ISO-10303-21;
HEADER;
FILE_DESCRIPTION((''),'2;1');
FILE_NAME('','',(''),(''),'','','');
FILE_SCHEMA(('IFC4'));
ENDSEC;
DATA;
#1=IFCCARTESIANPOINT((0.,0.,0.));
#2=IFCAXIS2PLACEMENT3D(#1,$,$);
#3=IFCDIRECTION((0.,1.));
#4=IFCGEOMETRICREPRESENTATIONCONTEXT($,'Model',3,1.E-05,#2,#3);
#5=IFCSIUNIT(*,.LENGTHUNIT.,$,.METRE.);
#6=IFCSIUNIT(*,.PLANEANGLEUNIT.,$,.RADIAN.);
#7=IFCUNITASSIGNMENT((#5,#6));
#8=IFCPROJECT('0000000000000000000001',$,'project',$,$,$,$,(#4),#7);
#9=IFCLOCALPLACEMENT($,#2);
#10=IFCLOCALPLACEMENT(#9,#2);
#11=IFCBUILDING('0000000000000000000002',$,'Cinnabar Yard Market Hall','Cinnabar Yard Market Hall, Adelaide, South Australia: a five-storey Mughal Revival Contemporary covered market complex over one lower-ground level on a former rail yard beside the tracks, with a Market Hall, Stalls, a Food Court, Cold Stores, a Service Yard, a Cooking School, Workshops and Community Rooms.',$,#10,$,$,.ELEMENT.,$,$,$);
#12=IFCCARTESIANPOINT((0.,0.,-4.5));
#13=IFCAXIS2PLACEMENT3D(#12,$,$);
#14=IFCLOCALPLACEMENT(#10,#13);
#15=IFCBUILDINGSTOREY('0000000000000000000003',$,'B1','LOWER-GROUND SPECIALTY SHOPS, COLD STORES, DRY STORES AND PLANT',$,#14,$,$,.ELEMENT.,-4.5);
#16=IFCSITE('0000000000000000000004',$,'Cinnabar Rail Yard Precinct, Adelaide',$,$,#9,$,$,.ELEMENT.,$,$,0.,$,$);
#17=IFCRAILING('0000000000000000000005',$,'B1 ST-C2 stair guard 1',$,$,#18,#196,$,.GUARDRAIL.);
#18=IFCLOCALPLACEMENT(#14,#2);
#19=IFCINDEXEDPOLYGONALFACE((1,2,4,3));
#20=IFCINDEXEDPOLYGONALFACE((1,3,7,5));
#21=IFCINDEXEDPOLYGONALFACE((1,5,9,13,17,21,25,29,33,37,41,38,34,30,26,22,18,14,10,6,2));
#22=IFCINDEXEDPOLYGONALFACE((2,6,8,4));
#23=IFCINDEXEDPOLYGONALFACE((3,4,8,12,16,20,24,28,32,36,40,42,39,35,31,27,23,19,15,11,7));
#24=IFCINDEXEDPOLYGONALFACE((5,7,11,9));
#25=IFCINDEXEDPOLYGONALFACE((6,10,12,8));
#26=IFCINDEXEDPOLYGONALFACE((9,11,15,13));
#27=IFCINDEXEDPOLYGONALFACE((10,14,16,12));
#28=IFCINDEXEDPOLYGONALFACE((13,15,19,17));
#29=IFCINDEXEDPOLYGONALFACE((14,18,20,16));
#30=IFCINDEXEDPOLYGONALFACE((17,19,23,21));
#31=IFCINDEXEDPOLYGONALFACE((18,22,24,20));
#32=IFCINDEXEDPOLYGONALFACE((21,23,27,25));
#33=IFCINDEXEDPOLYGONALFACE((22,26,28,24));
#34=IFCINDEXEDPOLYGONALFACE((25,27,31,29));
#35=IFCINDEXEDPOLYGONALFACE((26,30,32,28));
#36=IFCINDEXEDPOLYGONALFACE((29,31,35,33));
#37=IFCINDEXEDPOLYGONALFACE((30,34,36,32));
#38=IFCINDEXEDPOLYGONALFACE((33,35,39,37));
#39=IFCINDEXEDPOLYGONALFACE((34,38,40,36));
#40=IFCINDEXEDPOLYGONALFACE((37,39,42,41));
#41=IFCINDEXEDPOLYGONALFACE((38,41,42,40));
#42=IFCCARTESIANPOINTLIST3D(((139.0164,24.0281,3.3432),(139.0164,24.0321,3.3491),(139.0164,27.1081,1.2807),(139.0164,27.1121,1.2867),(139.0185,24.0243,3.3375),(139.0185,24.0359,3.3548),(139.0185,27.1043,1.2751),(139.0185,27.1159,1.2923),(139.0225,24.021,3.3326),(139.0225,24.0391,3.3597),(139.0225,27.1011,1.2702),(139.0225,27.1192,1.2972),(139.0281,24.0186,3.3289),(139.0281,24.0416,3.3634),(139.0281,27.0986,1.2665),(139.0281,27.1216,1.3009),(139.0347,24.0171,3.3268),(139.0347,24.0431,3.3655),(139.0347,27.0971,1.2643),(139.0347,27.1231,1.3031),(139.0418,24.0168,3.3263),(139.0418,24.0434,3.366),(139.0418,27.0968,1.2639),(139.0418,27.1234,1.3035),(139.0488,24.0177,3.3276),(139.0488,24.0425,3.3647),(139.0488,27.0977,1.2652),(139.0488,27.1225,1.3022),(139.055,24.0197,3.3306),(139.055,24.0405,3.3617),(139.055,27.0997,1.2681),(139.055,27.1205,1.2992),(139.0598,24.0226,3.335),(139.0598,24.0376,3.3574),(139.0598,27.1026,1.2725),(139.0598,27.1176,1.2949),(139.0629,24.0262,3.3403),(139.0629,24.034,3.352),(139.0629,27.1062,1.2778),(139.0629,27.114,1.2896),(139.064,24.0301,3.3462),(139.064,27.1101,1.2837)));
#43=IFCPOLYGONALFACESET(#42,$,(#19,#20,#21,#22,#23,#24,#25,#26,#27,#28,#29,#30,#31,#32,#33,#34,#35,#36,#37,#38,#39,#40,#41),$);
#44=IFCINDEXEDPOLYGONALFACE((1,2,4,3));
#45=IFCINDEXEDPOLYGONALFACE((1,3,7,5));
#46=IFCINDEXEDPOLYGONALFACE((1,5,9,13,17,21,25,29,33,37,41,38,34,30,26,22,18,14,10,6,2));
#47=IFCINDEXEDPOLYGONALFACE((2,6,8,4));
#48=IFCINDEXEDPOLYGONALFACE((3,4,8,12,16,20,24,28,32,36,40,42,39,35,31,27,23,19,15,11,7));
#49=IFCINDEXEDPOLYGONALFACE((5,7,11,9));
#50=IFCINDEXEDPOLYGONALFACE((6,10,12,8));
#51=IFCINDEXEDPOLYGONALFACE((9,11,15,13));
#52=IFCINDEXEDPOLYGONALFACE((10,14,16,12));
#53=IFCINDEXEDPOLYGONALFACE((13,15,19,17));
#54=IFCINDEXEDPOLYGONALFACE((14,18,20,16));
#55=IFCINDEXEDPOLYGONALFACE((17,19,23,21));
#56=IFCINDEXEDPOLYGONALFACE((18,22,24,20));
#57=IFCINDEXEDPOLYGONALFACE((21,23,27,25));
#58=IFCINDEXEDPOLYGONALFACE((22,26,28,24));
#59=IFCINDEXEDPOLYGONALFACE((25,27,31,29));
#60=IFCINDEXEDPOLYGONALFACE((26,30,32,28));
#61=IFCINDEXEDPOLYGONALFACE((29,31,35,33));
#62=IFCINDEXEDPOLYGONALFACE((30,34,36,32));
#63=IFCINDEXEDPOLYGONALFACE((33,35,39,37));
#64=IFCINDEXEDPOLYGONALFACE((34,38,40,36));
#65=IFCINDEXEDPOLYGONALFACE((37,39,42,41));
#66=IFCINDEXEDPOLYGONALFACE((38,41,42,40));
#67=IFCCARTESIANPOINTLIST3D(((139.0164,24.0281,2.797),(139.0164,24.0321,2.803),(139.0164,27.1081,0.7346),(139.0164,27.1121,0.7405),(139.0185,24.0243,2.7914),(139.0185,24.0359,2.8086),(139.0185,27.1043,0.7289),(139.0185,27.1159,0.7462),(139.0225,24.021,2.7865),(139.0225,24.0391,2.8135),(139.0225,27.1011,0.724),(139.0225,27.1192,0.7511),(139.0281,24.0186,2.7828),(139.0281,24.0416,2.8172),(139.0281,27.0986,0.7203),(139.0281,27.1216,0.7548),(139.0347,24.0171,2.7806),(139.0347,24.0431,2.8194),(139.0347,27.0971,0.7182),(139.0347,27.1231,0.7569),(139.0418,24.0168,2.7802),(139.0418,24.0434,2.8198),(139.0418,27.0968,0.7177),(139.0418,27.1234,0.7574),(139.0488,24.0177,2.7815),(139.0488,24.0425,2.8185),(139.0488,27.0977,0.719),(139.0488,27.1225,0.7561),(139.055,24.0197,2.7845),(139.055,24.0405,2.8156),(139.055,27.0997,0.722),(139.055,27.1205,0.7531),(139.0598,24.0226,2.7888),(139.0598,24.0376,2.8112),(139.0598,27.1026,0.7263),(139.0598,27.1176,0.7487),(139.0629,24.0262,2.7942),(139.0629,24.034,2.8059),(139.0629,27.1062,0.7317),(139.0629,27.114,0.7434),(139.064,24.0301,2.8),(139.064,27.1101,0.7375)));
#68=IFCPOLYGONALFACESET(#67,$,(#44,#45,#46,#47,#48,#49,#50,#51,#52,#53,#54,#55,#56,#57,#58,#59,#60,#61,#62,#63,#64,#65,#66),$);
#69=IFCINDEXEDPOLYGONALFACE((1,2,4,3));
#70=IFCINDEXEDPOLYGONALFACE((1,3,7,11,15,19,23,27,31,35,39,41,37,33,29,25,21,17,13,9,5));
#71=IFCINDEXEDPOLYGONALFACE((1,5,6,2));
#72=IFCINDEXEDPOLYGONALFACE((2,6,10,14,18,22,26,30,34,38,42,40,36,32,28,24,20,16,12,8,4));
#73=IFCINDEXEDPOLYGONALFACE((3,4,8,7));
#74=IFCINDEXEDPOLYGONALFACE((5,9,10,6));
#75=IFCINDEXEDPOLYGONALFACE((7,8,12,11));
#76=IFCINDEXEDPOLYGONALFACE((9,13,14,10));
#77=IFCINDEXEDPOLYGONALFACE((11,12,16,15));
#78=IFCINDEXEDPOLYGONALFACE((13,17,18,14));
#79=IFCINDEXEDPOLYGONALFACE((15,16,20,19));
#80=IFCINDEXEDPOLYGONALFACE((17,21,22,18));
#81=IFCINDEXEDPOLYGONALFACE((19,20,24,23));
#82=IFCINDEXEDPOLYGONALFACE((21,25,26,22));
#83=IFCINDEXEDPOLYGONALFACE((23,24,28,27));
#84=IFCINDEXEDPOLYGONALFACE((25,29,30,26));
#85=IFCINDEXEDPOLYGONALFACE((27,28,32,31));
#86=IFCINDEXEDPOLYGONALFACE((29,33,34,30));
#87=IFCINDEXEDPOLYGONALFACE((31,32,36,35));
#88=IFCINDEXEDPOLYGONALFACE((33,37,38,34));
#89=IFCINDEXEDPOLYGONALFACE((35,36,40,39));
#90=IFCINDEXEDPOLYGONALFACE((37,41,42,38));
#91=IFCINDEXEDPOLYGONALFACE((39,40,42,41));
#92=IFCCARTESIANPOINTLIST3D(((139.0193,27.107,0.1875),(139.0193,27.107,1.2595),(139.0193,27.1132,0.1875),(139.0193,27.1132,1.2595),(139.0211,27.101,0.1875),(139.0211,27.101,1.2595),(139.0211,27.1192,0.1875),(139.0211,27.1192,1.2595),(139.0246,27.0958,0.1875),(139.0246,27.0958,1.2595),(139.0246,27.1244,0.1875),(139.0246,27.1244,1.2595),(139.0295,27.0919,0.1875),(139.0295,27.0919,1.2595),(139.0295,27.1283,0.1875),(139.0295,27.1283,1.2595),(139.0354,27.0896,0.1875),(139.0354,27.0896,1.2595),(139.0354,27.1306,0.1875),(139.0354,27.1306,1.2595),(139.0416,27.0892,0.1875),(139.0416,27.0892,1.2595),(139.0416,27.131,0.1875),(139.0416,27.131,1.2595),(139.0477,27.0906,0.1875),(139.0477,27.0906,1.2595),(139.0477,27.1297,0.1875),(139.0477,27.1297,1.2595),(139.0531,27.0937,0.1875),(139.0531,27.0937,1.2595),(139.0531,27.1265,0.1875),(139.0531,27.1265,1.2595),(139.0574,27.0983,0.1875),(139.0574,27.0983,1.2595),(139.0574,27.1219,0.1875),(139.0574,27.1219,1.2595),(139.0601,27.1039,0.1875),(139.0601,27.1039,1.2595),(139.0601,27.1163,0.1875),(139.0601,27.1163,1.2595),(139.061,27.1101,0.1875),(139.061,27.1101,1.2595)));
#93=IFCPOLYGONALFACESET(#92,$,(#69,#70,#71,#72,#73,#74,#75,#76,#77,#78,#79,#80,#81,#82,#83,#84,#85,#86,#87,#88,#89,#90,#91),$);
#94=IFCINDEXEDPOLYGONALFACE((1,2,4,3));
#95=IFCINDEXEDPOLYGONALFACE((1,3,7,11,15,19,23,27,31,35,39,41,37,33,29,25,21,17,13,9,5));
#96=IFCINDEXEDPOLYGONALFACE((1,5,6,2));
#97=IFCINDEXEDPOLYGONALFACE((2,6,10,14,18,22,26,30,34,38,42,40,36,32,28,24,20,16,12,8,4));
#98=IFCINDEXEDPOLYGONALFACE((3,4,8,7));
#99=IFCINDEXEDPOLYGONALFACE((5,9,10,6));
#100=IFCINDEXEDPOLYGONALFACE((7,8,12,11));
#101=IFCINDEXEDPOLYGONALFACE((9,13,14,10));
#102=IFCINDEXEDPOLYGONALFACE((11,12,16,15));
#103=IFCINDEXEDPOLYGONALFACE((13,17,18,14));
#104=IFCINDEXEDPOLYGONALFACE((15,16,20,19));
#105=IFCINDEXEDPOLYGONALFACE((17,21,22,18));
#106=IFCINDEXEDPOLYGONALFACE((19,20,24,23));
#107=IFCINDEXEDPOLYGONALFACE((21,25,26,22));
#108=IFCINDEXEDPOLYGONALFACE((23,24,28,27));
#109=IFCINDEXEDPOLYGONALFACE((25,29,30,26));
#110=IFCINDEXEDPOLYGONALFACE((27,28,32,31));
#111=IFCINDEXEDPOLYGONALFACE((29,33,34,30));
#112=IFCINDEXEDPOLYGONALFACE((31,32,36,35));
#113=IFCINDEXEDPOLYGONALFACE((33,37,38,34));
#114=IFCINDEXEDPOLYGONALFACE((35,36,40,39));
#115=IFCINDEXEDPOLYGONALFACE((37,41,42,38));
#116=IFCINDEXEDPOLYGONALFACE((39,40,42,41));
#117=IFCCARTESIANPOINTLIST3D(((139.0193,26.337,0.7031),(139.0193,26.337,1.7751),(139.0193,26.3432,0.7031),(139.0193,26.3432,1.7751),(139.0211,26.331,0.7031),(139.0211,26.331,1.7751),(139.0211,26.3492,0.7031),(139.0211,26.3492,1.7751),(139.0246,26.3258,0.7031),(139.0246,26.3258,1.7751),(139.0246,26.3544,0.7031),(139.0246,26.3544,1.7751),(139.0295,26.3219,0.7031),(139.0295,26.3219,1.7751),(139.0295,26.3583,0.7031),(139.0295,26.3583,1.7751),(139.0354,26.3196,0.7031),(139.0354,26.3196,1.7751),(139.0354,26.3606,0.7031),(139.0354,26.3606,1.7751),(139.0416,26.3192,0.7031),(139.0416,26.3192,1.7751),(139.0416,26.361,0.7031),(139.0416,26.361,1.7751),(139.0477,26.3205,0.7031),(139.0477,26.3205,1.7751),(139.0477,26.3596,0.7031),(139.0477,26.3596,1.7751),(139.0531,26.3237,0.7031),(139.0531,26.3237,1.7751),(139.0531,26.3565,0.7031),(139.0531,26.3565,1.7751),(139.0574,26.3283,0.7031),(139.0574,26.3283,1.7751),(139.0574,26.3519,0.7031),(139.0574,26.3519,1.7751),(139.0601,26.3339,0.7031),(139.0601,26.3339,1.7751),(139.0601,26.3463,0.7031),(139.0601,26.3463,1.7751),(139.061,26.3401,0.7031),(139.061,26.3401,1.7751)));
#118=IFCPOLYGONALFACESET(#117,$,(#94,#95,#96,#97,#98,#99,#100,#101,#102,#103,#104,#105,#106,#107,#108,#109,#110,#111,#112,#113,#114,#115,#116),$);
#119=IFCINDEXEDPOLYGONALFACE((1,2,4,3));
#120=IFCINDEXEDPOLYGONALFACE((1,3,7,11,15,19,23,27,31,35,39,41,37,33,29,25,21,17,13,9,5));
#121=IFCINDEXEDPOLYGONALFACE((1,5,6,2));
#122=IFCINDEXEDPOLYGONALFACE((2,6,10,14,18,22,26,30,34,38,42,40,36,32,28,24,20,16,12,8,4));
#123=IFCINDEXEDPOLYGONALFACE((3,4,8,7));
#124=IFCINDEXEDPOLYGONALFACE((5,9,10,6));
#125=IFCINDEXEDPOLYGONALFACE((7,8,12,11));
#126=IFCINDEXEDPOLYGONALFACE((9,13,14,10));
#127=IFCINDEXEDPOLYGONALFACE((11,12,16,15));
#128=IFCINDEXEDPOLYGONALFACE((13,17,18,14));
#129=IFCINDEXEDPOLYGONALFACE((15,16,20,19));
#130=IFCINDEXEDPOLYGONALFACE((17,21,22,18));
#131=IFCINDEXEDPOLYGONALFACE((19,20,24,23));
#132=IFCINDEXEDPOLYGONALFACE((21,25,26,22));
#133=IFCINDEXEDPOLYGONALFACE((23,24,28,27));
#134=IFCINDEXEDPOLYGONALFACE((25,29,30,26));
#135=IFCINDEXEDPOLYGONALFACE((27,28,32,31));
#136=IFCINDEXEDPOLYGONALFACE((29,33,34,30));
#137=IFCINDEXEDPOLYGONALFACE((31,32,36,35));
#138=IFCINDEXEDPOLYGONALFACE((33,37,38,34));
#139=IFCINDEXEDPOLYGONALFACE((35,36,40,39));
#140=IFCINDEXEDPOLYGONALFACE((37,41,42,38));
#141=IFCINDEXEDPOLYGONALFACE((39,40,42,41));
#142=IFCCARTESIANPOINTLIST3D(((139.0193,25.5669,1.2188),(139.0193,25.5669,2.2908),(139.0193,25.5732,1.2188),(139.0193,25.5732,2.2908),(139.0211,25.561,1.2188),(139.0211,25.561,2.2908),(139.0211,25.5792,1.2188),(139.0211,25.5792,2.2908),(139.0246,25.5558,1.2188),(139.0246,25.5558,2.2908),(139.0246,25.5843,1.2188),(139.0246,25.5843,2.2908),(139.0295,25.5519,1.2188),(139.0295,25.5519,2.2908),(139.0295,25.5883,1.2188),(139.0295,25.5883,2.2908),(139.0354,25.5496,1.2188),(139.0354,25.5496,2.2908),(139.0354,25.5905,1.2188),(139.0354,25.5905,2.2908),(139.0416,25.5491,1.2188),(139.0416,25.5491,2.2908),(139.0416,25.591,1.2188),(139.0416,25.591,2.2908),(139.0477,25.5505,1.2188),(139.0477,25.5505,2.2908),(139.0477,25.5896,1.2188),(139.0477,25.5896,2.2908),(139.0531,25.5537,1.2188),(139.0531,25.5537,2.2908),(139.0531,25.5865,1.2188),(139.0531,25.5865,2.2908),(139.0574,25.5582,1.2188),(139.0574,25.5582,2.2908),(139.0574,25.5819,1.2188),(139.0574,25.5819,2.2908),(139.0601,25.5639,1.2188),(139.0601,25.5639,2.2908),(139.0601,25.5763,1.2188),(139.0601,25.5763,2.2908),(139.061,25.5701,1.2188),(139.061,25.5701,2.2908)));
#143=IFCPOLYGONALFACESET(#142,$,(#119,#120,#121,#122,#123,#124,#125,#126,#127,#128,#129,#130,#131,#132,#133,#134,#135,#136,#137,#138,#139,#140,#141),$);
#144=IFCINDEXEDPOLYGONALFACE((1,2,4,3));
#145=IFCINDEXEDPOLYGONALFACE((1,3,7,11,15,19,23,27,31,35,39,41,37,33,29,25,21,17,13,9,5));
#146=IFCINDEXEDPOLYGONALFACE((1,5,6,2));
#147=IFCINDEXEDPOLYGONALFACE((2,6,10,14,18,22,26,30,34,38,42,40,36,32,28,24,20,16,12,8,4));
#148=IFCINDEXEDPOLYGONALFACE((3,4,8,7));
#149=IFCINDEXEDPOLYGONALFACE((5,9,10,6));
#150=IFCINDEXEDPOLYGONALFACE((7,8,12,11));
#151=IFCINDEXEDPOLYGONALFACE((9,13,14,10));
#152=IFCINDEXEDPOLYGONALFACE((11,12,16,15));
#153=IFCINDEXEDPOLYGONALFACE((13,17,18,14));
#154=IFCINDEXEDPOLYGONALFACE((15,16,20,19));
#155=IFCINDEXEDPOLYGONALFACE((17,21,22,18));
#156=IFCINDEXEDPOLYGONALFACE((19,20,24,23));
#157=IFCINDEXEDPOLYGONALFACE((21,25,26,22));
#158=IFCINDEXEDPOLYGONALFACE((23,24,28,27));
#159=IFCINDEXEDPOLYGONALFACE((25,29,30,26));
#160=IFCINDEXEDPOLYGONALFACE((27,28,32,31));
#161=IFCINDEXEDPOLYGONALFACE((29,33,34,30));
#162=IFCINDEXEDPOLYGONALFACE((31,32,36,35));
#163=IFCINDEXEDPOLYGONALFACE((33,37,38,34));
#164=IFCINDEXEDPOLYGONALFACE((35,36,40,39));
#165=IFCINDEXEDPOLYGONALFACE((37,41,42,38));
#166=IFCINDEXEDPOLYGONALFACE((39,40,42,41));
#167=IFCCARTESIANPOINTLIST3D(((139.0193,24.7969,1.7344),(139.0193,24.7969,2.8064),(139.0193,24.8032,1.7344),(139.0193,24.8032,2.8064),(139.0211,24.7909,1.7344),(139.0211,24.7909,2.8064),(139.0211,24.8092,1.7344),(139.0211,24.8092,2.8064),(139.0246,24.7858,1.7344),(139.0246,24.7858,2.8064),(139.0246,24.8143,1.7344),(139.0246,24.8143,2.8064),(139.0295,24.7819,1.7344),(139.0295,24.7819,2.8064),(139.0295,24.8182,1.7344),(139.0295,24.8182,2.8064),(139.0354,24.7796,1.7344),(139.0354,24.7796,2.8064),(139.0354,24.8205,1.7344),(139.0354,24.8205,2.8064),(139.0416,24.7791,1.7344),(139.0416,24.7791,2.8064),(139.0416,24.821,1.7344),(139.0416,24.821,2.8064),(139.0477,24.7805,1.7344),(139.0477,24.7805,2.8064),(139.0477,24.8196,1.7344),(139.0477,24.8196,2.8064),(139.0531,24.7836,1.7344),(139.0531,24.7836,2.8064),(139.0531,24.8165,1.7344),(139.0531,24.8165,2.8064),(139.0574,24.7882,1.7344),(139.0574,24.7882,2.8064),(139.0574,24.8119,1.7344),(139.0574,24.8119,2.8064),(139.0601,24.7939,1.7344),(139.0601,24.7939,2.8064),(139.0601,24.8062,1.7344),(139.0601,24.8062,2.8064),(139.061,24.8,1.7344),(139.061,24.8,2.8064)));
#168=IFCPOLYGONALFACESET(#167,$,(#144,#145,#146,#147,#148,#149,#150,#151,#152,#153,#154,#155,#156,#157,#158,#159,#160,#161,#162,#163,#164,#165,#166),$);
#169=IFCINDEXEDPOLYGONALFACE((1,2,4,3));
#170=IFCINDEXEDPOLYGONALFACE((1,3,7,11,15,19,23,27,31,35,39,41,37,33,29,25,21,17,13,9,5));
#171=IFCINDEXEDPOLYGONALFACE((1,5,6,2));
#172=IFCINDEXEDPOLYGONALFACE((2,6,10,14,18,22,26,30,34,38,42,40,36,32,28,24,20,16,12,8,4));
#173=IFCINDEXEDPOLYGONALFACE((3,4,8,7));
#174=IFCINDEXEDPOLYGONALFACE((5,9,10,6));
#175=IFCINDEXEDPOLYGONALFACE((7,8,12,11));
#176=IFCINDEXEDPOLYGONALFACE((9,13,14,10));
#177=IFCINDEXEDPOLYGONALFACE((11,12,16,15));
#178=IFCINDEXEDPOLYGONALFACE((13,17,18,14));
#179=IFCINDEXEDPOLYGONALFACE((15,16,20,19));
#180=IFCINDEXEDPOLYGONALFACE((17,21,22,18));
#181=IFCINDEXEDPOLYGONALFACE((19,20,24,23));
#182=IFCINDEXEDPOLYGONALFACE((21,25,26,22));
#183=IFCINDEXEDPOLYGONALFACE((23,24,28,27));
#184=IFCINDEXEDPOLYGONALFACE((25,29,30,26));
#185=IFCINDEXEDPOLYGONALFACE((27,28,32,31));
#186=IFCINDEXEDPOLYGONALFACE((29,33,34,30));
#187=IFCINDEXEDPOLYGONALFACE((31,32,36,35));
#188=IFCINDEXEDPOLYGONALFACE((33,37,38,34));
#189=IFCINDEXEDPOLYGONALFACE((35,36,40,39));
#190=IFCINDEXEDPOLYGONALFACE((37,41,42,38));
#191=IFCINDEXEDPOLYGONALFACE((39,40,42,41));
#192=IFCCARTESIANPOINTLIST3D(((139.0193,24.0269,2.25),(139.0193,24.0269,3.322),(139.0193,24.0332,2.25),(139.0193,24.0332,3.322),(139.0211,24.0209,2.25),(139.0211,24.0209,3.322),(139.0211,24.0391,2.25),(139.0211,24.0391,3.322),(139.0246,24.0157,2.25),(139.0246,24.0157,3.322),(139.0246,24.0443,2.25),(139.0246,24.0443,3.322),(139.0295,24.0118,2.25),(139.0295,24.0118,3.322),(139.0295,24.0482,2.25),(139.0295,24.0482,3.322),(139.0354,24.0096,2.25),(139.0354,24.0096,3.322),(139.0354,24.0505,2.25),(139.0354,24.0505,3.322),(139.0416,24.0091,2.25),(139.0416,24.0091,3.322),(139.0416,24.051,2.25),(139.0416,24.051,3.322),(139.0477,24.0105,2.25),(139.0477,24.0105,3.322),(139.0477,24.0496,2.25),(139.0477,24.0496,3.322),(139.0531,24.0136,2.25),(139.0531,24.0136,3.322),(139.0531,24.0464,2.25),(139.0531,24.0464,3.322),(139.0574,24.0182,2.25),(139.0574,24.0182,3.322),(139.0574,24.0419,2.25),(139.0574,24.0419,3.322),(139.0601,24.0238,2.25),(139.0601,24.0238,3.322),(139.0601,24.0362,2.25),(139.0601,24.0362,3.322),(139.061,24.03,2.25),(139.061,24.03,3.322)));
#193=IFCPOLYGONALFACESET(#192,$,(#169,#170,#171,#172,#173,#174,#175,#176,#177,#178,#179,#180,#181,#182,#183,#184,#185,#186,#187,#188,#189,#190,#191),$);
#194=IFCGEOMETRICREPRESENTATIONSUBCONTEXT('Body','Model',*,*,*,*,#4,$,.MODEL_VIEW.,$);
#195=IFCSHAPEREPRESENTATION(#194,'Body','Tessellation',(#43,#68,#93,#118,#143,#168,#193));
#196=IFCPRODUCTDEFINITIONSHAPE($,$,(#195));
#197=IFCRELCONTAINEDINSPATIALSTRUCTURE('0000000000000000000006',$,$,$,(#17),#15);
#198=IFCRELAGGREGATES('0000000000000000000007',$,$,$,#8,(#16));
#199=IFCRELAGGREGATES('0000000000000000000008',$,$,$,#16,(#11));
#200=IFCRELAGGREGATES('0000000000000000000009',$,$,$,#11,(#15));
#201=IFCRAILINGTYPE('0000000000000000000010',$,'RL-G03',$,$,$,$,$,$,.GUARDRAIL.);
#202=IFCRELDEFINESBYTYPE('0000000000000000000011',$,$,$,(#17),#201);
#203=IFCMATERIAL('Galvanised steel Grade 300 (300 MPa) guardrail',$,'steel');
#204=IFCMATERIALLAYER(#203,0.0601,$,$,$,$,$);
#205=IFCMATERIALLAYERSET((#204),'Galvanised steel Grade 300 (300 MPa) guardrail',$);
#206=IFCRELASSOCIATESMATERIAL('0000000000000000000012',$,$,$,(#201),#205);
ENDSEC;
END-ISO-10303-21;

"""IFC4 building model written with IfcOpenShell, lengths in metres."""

from ifc_helpers import new_model, si_unit, direction, frame, origin, origin_2d_with_axis, place, context, subcontext, project, spatial, circle, extrude, material, layer, layer_set, type_object, element, save


model = new_model("IFC4")

# Units and contexts
model_context = context("Model", 3, precision=1e-05, world=origin(), true_north=direction((0.0, 1.0)))
body_context = subcontext(model_context, "Body", "Model", "MODEL_VIEW")
ifc_project = project(units=[si_unit("LENGTHUNIT", "METRE"), si_unit("PLANEANGLEUNIT", "RADIAN")], contexts=[model_context])

# Site, building, storey
site_placement = place(None, origin())
site = spatial("IfcSite", under=ifc_project, at=site_placement, Name="Cinnabar Rail Yard Precinct, Adelaide", CompositionType="ELEMENT", RefElevation=0.0)
building_placement = place(site_placement, origin())
building = spatial("IfcBuilding", under=site, at=building_placement, Name="Cinnabar Yard Market Hall", Description="Cinnabar Yard Market Hall, Adelaide, South Australia: a five-storey Mughal Revival Contemporary covered market complex over one lower-ground level on a former rail yard beside the tracks, with a Market Hall, Stalls, a Food Court, Cold Stores, a Service Yard, a Cooking School, Workshops and Community Rooms.", CompositionType="ELEMENT")
storey_placement = place(building_placement, frame((0.0, 0.0, -4.5)))
storey = spatial("IfcBuildingStorey", under=building, at=storey_placement, Name="B1", Description="LOWER-GROUND SPECIALTY SHOPS, COLD STORES, DRY STORES AND PLANT", CompositionType="ELEMENT", Elevation=-4.5)

# Railing
ifc_material_1 = material(Name="Galvanised steel Grade 300 (300 MPa) guardrail", Category="steel")
ifc_layer_1 = layer(ifc_material_1, 0.0601)
ifc_layer_set_1 = layer_set([ifc_layer_1], Name="Galvanised steel Grade 300 (300 MPa) guardrail")
railing_type_1 = type_object("IfcRailingType", Name="RL-G03", PredefinedType="GUARDRAIL", material=ifc_layer_set_1)
railing_1_placement = place(storey_placement, frame((139.04, 27.1101, 0.1875)))
element("IfcRailing", 1, at=railing_1_placement, inside=storey, type_object=railing_type_1, Name="B1 ST-C2 stair guard 1", PredefinedType="GUARDRAIL", context=body_context, shape_type="SweptSolid", body=[
    extrude(circle(Radius=0.0239, at=origin_2d_with_axis()), frame((0.0, 0.0, 1.0962), z_axis=(0.0, -0.830914, 0.556401), x_axis=(1.0, 0.0, 0.0)), (0.0, 0.0, 1.0), 3.7068),
    extrude(circle(Radius=0.0239, at=origin_2d_with_axis()), frame((0.0, 0.0, 0.55), z_axis=(0.0, -0.830914, 0.556401), x_axis=(1.0, 0.0, 0.0)), (0.0, 0.0, 1.0), 3.7068),
    extrude(circle(Radius=0.021, at=origin_2d_with_axis()), origin(), (0.0, 0.0, 1.0), 1.072),
    extrude(circle(Radius=0.021, at=origin_2d_with_axis()), frame((0.0, -0.77, 0.5156)), (0.0, 0.0, 1.0), 1.072),
    extrude(circle(Radius=0.021, at=origin_2d_with_axis()), frame((0.0, -1.54, 1.0312)), (0.0, 0.0, 1.0), 1.072),
    extrude(circle(Radius=0.021, at=origin_2d_with_axis()), frame((0.0, -2.3101, 1.5469)), (0.0, 0.0, 1.0), 1.072),
    extrude(circle(Radius=0.021, at=origin_2d_with_axis()), frame((0.0, -3.0801, 2.0625)), (0.0, 0.0, 1.0), 1.072),
])

save(model, "model.ifc")
